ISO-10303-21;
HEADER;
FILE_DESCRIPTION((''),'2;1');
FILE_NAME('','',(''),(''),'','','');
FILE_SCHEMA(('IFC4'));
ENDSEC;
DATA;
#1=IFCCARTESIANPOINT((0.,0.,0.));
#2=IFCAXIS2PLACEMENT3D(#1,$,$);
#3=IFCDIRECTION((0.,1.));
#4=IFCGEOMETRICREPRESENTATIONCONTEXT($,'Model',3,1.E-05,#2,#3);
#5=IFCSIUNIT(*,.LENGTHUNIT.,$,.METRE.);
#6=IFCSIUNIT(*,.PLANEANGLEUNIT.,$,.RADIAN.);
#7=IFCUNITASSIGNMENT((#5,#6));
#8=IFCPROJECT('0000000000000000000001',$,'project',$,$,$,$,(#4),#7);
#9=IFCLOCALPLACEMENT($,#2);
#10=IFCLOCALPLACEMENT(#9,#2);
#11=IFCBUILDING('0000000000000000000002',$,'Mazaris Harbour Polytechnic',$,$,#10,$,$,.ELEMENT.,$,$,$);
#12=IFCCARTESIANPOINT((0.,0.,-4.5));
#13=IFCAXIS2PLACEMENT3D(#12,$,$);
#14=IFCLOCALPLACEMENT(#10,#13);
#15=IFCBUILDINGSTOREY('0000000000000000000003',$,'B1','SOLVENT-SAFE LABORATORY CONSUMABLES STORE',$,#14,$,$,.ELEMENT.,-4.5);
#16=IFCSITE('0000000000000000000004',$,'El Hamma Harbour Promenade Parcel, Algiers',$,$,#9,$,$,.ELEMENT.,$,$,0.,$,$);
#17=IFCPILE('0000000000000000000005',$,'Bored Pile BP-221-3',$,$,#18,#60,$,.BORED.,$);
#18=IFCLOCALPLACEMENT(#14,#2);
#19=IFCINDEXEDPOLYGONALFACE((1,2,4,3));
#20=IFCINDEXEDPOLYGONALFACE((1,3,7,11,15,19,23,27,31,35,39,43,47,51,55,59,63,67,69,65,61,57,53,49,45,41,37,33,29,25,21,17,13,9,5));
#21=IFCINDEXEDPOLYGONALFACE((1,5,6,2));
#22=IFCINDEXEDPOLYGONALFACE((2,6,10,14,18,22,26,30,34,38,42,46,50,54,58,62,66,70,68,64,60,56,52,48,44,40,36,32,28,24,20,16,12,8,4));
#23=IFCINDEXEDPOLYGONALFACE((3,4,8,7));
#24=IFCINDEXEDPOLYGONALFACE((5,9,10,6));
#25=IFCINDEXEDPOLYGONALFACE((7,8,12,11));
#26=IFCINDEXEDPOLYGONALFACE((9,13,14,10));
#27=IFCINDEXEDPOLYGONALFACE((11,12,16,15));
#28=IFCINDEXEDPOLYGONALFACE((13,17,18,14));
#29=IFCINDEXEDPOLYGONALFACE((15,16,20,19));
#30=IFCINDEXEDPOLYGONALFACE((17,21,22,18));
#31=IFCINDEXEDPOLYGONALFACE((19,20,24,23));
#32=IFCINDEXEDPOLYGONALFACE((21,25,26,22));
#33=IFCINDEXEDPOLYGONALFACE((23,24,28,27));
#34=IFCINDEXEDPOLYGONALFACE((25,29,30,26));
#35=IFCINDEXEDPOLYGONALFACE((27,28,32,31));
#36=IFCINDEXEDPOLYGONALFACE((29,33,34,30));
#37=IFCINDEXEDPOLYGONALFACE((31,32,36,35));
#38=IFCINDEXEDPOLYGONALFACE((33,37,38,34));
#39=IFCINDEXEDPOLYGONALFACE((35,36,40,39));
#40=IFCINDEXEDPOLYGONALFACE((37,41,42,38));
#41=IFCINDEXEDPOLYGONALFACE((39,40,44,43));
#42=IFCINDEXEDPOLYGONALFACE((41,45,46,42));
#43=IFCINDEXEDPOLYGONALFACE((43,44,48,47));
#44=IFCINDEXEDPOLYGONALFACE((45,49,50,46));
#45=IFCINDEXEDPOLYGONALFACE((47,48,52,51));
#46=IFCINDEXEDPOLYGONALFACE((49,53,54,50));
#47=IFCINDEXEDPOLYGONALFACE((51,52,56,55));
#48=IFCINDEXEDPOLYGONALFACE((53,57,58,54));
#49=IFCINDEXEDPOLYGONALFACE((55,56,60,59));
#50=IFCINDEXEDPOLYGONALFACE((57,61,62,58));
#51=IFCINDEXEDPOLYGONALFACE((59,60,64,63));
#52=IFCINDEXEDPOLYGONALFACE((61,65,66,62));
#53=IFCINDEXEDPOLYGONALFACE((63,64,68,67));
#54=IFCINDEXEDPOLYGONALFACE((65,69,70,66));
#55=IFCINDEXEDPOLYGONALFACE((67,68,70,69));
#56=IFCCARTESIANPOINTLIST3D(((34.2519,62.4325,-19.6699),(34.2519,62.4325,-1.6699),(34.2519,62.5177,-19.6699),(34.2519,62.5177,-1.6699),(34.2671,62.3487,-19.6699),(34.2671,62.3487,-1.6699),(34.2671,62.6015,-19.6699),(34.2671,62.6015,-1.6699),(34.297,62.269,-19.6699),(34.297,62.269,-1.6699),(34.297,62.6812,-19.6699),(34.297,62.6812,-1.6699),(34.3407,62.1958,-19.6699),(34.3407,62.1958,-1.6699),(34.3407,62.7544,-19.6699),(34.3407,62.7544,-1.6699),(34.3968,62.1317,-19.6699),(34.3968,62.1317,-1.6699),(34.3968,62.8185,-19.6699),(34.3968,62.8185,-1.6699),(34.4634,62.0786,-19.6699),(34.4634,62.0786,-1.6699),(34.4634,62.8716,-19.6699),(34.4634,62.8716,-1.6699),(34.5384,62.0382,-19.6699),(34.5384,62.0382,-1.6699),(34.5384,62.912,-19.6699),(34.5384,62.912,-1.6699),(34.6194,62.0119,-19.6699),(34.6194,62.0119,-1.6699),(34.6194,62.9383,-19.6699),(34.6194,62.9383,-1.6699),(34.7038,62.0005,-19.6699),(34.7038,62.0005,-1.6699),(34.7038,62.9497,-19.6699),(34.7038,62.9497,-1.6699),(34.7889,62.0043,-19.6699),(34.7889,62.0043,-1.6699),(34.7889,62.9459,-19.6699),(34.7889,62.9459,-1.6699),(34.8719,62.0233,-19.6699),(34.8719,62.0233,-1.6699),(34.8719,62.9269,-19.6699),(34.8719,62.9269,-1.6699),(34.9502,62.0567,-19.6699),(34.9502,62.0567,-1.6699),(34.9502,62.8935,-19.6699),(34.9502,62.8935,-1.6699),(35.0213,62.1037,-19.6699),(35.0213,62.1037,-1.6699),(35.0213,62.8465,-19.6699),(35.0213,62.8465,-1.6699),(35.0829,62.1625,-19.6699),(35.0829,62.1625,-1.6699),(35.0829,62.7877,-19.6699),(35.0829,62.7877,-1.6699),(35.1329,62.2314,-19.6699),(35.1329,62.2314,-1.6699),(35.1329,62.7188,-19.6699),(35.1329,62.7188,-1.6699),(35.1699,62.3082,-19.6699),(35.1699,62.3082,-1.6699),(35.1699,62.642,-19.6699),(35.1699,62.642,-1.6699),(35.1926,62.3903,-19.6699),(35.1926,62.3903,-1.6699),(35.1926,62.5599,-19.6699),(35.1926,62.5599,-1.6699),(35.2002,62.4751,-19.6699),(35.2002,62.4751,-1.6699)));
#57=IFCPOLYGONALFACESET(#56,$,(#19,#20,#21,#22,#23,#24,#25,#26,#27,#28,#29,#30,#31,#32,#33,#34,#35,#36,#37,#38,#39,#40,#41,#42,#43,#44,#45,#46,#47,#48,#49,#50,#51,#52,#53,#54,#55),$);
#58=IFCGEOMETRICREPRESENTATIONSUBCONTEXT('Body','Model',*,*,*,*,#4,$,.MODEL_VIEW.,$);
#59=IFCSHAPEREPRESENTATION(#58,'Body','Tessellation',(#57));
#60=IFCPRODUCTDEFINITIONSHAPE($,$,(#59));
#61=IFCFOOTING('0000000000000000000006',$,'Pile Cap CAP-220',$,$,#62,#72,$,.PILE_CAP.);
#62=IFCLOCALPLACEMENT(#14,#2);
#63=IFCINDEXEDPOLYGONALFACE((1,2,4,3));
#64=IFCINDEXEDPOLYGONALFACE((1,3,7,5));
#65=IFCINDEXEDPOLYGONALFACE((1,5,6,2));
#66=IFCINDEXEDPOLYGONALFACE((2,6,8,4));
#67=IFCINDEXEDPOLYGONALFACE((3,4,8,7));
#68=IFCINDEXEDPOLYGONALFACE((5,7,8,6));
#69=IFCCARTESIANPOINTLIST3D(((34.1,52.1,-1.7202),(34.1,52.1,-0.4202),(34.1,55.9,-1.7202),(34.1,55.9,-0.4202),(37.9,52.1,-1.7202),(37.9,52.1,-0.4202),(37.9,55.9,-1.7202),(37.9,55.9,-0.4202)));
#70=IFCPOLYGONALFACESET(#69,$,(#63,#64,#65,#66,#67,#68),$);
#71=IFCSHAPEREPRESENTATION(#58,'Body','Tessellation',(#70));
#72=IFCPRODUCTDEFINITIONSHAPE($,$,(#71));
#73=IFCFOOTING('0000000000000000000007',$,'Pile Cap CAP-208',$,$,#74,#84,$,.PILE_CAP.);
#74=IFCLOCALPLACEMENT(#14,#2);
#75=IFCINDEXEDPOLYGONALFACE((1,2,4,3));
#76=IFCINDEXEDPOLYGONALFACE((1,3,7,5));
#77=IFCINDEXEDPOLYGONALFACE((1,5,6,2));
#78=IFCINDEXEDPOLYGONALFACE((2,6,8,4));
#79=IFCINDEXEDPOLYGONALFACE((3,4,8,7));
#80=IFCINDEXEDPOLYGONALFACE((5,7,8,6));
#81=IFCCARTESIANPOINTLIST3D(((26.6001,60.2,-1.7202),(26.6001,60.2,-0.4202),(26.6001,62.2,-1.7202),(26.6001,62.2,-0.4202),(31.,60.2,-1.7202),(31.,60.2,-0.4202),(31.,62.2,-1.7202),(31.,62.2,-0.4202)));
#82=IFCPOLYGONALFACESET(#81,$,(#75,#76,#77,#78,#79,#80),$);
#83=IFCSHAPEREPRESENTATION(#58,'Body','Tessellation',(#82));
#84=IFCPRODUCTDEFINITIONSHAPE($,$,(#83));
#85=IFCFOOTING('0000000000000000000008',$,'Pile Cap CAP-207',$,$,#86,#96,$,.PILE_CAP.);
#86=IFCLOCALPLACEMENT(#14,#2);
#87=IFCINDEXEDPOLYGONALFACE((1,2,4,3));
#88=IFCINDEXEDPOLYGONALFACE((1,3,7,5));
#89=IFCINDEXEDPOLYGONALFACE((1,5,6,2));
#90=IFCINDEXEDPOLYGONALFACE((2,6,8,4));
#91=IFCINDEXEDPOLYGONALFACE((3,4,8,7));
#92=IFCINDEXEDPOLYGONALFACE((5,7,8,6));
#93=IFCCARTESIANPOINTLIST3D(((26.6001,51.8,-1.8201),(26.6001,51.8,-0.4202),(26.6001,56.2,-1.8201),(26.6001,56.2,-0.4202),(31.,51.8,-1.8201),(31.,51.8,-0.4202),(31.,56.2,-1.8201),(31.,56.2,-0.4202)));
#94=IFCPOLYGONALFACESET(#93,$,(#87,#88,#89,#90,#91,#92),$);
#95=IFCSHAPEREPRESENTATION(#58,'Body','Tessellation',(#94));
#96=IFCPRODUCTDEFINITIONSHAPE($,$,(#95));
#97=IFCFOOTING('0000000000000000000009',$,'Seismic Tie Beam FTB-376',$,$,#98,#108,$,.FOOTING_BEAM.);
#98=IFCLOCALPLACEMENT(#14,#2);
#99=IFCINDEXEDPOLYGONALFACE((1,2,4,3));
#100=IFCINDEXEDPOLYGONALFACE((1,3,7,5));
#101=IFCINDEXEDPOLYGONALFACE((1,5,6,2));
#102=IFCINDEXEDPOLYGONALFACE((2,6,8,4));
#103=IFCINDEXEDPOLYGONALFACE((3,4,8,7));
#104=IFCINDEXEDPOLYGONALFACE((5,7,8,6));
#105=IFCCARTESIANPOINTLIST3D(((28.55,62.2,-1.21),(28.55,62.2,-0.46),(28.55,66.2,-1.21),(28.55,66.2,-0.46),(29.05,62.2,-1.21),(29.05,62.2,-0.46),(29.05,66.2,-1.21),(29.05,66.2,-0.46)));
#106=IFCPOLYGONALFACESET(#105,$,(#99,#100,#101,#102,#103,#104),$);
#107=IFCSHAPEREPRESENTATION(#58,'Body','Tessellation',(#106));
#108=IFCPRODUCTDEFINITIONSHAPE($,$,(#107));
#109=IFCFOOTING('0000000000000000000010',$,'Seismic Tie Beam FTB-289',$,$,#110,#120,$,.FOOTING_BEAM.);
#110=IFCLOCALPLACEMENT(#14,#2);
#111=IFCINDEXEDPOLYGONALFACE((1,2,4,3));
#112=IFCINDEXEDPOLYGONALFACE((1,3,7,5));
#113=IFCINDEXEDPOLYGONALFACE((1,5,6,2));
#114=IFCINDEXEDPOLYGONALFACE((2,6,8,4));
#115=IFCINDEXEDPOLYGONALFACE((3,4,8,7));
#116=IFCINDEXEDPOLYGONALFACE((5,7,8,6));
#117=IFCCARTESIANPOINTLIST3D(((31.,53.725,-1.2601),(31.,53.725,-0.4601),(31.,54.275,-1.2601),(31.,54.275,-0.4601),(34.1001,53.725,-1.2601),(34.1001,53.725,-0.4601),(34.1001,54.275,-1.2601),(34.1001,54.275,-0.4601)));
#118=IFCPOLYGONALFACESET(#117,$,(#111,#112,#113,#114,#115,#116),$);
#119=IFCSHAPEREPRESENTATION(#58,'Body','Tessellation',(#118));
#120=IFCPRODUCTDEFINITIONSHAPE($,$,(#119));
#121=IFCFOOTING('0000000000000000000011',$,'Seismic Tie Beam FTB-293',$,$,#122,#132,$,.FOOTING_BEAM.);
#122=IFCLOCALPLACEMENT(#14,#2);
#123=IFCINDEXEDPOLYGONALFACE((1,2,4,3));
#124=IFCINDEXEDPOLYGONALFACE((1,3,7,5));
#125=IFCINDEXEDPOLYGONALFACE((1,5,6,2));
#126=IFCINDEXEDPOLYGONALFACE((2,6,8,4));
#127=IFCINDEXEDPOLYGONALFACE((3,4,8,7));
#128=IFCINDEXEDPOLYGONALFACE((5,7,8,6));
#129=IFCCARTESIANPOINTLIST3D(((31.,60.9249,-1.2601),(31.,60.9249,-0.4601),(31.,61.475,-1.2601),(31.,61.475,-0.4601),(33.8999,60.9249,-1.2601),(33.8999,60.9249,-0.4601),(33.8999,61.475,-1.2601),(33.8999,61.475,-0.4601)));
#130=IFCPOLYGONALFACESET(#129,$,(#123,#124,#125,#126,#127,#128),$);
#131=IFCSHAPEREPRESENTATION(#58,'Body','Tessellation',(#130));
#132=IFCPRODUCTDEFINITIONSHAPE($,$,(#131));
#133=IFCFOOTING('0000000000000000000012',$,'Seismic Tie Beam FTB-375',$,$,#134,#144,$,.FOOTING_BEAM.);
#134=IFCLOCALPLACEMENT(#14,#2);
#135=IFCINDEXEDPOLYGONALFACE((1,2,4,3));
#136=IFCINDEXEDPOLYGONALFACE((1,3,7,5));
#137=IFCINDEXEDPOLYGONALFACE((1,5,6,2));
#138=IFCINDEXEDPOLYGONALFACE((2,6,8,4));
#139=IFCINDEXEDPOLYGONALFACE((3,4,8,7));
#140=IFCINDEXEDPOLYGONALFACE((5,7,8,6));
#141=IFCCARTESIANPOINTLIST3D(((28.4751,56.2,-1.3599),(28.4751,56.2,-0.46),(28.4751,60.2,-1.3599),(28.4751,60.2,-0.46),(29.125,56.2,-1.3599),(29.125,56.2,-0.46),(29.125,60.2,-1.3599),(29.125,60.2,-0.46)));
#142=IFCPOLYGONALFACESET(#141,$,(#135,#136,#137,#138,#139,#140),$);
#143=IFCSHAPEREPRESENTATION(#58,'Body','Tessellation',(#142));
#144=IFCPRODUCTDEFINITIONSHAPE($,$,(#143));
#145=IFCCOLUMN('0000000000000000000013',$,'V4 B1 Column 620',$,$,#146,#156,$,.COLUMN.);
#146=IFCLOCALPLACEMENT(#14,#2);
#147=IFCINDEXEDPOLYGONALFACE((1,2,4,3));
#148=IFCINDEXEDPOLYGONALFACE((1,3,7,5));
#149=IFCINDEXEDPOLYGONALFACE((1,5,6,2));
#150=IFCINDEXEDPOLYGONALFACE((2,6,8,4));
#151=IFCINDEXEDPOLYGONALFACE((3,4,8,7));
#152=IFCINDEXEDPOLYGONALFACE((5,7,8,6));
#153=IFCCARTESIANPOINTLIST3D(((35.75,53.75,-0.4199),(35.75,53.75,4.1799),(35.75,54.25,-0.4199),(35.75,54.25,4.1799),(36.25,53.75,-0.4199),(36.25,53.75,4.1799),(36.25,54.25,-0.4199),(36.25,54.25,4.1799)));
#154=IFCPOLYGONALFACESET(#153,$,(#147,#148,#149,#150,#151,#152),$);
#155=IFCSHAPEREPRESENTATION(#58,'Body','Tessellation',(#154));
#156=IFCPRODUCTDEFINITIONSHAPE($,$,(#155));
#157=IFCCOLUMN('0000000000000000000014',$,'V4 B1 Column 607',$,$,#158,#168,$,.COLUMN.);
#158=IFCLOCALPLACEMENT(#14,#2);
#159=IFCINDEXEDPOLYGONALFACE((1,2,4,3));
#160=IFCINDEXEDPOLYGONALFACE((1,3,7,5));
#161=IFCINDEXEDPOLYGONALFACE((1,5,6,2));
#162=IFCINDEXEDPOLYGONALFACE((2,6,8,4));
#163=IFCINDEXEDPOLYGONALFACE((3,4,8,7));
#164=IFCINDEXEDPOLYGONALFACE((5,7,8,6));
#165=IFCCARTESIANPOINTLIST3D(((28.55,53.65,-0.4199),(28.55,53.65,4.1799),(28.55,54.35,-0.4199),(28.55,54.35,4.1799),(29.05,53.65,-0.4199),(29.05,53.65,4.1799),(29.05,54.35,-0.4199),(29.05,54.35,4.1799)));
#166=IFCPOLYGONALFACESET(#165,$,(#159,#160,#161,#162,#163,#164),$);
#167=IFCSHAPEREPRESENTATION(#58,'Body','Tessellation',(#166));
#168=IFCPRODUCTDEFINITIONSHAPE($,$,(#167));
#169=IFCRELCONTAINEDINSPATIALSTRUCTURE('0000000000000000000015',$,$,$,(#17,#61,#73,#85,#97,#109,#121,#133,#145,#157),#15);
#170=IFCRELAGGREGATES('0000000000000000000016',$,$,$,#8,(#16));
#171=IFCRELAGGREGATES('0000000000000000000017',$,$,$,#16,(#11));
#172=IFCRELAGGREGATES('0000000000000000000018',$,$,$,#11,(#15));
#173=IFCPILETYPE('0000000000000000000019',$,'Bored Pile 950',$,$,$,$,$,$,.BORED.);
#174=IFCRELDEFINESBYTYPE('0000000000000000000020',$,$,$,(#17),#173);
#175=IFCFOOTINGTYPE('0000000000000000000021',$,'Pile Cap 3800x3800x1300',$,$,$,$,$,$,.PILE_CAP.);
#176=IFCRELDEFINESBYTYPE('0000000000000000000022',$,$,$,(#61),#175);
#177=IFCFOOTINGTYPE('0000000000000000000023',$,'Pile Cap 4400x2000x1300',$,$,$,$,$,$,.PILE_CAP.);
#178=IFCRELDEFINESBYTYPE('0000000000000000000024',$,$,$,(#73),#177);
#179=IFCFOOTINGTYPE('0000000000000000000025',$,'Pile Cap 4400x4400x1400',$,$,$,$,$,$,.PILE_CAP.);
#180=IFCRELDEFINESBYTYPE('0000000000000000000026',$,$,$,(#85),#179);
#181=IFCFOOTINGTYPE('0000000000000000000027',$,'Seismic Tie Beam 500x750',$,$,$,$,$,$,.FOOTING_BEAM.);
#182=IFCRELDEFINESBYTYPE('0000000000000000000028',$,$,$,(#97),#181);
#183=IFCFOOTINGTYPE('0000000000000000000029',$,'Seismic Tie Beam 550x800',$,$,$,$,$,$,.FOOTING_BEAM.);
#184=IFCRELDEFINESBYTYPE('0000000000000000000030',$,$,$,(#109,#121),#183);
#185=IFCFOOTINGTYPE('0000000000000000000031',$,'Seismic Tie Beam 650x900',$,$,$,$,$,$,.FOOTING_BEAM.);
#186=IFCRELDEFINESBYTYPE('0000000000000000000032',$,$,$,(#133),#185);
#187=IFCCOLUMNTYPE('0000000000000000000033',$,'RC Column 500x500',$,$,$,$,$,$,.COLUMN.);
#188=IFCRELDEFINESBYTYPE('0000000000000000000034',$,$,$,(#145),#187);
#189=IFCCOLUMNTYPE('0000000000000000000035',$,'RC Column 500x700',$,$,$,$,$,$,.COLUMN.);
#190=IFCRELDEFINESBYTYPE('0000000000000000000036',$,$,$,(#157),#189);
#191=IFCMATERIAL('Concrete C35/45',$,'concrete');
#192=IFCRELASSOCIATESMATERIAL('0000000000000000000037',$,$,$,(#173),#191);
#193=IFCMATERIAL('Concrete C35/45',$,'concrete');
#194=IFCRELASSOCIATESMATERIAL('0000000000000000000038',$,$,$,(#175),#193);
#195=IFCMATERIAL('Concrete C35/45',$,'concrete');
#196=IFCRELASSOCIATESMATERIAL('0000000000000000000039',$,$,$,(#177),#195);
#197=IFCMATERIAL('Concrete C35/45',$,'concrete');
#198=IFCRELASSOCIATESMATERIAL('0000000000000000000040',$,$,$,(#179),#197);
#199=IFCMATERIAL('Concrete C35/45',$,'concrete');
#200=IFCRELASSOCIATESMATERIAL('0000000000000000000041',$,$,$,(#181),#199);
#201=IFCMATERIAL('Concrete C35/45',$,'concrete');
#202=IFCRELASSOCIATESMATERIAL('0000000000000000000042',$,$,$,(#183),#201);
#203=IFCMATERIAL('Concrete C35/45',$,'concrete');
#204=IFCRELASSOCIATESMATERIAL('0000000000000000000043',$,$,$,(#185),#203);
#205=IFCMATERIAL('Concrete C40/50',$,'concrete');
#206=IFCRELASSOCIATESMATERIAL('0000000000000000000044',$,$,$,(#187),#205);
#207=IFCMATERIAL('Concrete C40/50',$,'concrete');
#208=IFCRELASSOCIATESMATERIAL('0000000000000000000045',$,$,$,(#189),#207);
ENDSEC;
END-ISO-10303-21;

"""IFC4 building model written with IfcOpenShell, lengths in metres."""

from ifc_helpers import new_model, si_unit, direction, frame, origin, origin_2d, place, context, subcontext, project, spatial, rectangle, circle, extrude, material, material_profile, profile_set, type_object, element, save


model = new_model("IFC4")

# Units and contexts
model_context = context("Model", 3, precision=1e-05, world=origin(), true_north=direction((0.0, 1.0)))
body_context = subcontext(model_context, "Body", "Model", "MODEL_VIEW")
ifc_project = project(units=[si_unit("LENGTHUNIT", "METRE"), si_unit("PLANEANGLEUNIT", "RADIAN")], contexts=[model_context])

# Site, building, storey
site_placement = place(None, origin())
site = spatial("IfcSite", under=ifc_project, at=site_placement, Name="El Hamma Harbour Promenade Parcel, Algiers", CompositionType="ELEMENT", RefElevation=0.0)
building_placement = place(site_placement, origin())
building = spatial("IfcBuilding", under=site, at=building_placement, Name="Mazaris Harbour Polytechnic", CompositionType="ELEMENT")
storey_placement = place(building_placement, frame((0.0, 0.0, -4.5)))
storey = spatial("IfcBuildingStorey", under=building, at=storey_placement, Name="B1", Description="SOLVENT-SAFE LABORATORY CONSUMABLES STORE", CompositionType="ELEMENT", Elevation=-4.5)

# Pile
ifc_material_1 = material(Name="Concrete C35/45", Category="concrete")
ifc_material_profile_1 = material_profile(ifc_material_1, circle(Radius=0.4751, at=origin_2d()), Name="DIA950")
ifc_profile_set_1 = profile_set([ifc_material_profile_1], Name="Concrete C35/45")
pile_type_1 = type_object("IfcPileType", Name="Bored Pile 950", PredefinedType="BORED", material=ifc_profile_set_1)
for number, where, z_axis, x_axis, name in (
    (1, (34.7251, 62.4751, -1.6699), (0.0, 0.0, -1.0), (1.0, 0.0, 0.0), "Bored Pile BP-221-3"),
):
    element("IfcPile", number, at=place(storey_placement, frame(where, z_axis=z_axis, x_axis=x_axis)), inside=storey, type_object=pile_type_1, Name=name, PredefinedType="BORED", context=body_context, shape_type="SweptSolid", body=[
        extrude(circle(Radius=0.4751, at=origin_2d()), origin(), (0.0, 0.0, 1.0), 18.0),
    ])

# Footings
ifc_material_2 = material(Name="Concrete C35/45", Category="concrete")
footing_type_1 = type_object("IfcFootingType", Name="Pile Cap 3800x3800x1300", PredefinedType="PILE_CAP", material=ifc_material_2)
footing_1_placement = place(storey_placement, frame((36.0, 54.0, -1.7202), z_axis=(0.0, 0.0, 1.0), x_axis=(1.0, 0.0, 0.0)))
element("IfcFooting", 2, at=footing_1_placement, inside=storey, type_object=footing_type_1, Name="Pile Cap CAP-220", PredefinedType="PILE_CAP", context=body_context, shape_type="SweptSolid", body=[
    extrude(rectangle(XDim=3.8, YDim=3.8, at=origin_2d()), origin(), (0.0, 0.0, 1.0), 1.3),
])
ifc_material_3 = material(Name="Concrete C35/45", Category="concrete")
footing_type_2 = type_object("IfcFootingType", Name="Pile Cap 4400x2000x1300", PredefinedType="PILE_CAP", material=ifc_material_3)
footing_2_placement = place(storey_placement, frame((28.8, 61.2, -1.7202), z_axis=(0.0, 0.0, 1.0), x_axis=(1.0, 0.0, 0.0)))
element("IfcFooting", 3, at=footing_2_placement, inside=storey, type_object=footing_type_2, Name="Pile Cap CAP-208", PredefinedType="PILE_CAP", context=body_context, shape_type="SweptSolid", body=[
    extrude(rectangle(XDim=4.3999, YDim=2.0, at=origin_2d()), origin(), (0.0, 0.0, 1.0), 1.3),
])
ifc_material_4 = material(Name="Concrete C35/45", Category="concrete")
footing_type_3 = type_object("IfcFootingType", Name="Pile Cap 4400x4400x1400", PredefinedType="PILE_CAP", material=ifc_material_4)
footing_3_placement = place(storey_placement, frame((28.8, 54.0, -1.8201), z_axis=(0.0, 0.0, 1.0), x_axis=(1.0, 0.0, 0.0)))
element("IfcFooting", 4, at=footing_3_placement, inside=storey, type_object=footing_type_3, Name="Pile Cap CAP-207", PredefinedType="PILE_CAP", context=body_context, shape_type="SweptSolid", body=[
    extrude(rectangle(XDim=4.3999, YDim=4.3999, at=origin_2d()), origin(), (0.0, 0.0, 1.0), 1.3999),
])
ifc_material_5 = material(Name="Concrete C35/45", Category="concrete")
ifc_material_profile_2 = material_profile(ifc_material_5, rectangle(XDim=0.5, YDim=0.75, at=origin_2d()), Name="RECT500x750")
ifc_profile_set_2 = profile_set([ifc_material_profile_2], Name="Concrete C35/45")
footing_type_4 = type_object("IfcFootingType", Name="Seismic Tie Beam 500x750", PredefinedType="FOOTING_BEAM", material=ifc_profile_set_2)
footing_4_placement = place(storey_placement, frame((28.8, 62.2, -0.835), z_axis=(0.0, 1.0, 0.0), x_axis=(-1.0, 0.0, 0.0)))
element("IfcFooting", 5, at=footing_4_placement, inside=storey, type_object=footing_type_4, Name="Seismic Tie Beam FTB-376", PredefinedType="FOOTING_BEAM", context=body_context, shape_type="SweptSolid", body=[
    extrude(rectangle(XDim=0.5, YDim=0.75, at=origin_2d()), origin(), (0.0, 0.0, 1.0), 4.0),
])
ifc_material_6 = material(Name="Concrete C35/45", Category="concrete")
ifc_material_profile_3 = material_profile(ifc_material_6, rectangle(XDim=0.55, YDim=0.8, at=origin_2d()), Name="RECT550x800")
ifc_profile_set_3 = profile_set([ifc_material_profile_3], Name="Concrete C35/45")
footing_type_5 = type_object("IfcFootingType", Name="Seismic Tie Beam 550x800", PredefinedType="FOOTING_BEAM", material=ifc_profile_set_3)
footing_5_placement = place(storey_placement, frame((31.0, 54.0, -0.8601), z_axis=(1.0, 0.0, 0.0), x_axis=(0.0, 1.0, 0.0)))
element("IfcFooting", 6, at=footing_5_placement, inside=storey, type_object=footing_type_5, Name="Seismic Tie Beam FTB-289", PredefinedType="FOOTING_BEAM", context=body_context, shape_type="SweptSolid", body=[
    extrude(rectangle(XDim=0.55, YDim=0.8, at=origin_2d()), origin(), (0.0, 0.0, 1.0), 3.1001),
])
footing_6_placement = place(storey_placement, frame((31.0, 61.2, -0.8601), z_axis=(1.0, 0.0, 0.0), x_axis=(0.0, 1.0, 0.0)))
element("IfcFooting", 7, at=footing_6_placement, inside=storey, type_object=footing_type_5, Name="Seismic Tie Beam FTB-293", PredefinedType="FOOTING_BEAM", context=body_context, shape_type="SweptSolid", body=[
    extrude(rectangle(XDim=0.55, YDim=0.8, at=origin_2d()), origin(), (0.0, 0.0, 1.0), 2.8999),
])
ifc_material_7 = material(Name="Concrete C35/45", Category="concrete")
ifc_material_profile_4 = material_profile(ifc_material_7, rectangle(XDim=0.6499, YDim=0.8999, at=origin_2d()), Name="RECT650x900")
ifc_profile_set_4 = profile_set([ifc_material_profile_4], Name="Concrete C35/45")
footing_type_6 = type_object("IfcFootingType", Name="Seismic Tie Beam 650x900", PredefinedType="FOOTING_BEAM", material=ifc_profile_set_4)
footing_7_placement = place(storey_placement, frame((28.8, 56.2, -0.9099), z_axis=(0.0, 1.0, 0.0), x_axis=(-1.0, 0.0, 0.0)))
element("IfcFooting", 8, at=footing_7_placement, inside=storey, type_object=footing_type_6, Name="Seismic Tie Beam FTB-375", PredefinedType="FOOTING_BEAM", context=body_context, shape_type="SweptSolid", body=[
    extrude(rectangle(XDim=0.6499, YDim=0.8999, at=origin_2d()), origin(), (0.0, 0.0, 1.0), 4.0),
])

# Columns
ifc_material_8 = material(Name="Concrete C40/50", Category="concrete")
ifc_material_profile_5 = material_profile(ifc_material_8, rectangle(XDim=0.5, YDim=0.5, at=origin_2d()), Name="RECT500x500")
ifc_profile_set_5 = profile_set([ifc_material_profile_5], Name="Concrete C40/50")
column_type_1 = type_object("IfcColumnType", Name="RC Column 500x500", PredefinedType="COLUMN", material=ifc_profile_set_5)
column_1_placement = place(storey_placement, frame((36.0, 54.0, -0.4199), z_axis=(0.0, 0.0, 1.0), x_axis=(1.0, 0.0, 0.0)))
element("IfcColumn", 9, at=column_1_placement, inside=storey, type_object=column_type_1, Name="V4 B1 Column 620", PredefinedType="COLUMN", context=body_context, shape_type="SweptSolid", body=[
    extrude(rectangle(XDim=0.5, YDim=0.5, at=origin_2d()), origin(), (0.0, 0.0, 1.0), 4.5999),
])
ifc_material_9 = material(Name="Concrete C40/50", Category="concrete")
ifc_material_profile_6 = material_profile(ifc_material_9, rectangle(XDim=0.5, YDim=0.7, at=origin_2d()), Name="RECT500x700")
ifc_profile_set_6 = profile_set([ifc_material_profile_6], Name="Concrete C40/50")
column_type_2 = type_object("IfcColumnType", Name="RC Column 500x700", PredefinedType="COLUMN", material=ifc_profile_set_6)
column_2_placement = place(storey_placement, frame((28.8, 54.0, -0.4199), z_axis=(0.0, 0.0, 1.0), x_axis=(1.0, 0.0, 0.0)))
element("IfcColumn", 10, at=column_2_placement, inside=storey, type_object=column_type_2, Name="V4 B1 Column 607", PredefinedType="COLUMN", context=body_context, shape_type="SweptSolid", body=[
    extrude(rectangle(XDim=0.5, YDim=0.7, at=origin_2d()), origin(), (0.0, 0.0, 1.0), 4.5999),
])

save(model, "model.ifc")
